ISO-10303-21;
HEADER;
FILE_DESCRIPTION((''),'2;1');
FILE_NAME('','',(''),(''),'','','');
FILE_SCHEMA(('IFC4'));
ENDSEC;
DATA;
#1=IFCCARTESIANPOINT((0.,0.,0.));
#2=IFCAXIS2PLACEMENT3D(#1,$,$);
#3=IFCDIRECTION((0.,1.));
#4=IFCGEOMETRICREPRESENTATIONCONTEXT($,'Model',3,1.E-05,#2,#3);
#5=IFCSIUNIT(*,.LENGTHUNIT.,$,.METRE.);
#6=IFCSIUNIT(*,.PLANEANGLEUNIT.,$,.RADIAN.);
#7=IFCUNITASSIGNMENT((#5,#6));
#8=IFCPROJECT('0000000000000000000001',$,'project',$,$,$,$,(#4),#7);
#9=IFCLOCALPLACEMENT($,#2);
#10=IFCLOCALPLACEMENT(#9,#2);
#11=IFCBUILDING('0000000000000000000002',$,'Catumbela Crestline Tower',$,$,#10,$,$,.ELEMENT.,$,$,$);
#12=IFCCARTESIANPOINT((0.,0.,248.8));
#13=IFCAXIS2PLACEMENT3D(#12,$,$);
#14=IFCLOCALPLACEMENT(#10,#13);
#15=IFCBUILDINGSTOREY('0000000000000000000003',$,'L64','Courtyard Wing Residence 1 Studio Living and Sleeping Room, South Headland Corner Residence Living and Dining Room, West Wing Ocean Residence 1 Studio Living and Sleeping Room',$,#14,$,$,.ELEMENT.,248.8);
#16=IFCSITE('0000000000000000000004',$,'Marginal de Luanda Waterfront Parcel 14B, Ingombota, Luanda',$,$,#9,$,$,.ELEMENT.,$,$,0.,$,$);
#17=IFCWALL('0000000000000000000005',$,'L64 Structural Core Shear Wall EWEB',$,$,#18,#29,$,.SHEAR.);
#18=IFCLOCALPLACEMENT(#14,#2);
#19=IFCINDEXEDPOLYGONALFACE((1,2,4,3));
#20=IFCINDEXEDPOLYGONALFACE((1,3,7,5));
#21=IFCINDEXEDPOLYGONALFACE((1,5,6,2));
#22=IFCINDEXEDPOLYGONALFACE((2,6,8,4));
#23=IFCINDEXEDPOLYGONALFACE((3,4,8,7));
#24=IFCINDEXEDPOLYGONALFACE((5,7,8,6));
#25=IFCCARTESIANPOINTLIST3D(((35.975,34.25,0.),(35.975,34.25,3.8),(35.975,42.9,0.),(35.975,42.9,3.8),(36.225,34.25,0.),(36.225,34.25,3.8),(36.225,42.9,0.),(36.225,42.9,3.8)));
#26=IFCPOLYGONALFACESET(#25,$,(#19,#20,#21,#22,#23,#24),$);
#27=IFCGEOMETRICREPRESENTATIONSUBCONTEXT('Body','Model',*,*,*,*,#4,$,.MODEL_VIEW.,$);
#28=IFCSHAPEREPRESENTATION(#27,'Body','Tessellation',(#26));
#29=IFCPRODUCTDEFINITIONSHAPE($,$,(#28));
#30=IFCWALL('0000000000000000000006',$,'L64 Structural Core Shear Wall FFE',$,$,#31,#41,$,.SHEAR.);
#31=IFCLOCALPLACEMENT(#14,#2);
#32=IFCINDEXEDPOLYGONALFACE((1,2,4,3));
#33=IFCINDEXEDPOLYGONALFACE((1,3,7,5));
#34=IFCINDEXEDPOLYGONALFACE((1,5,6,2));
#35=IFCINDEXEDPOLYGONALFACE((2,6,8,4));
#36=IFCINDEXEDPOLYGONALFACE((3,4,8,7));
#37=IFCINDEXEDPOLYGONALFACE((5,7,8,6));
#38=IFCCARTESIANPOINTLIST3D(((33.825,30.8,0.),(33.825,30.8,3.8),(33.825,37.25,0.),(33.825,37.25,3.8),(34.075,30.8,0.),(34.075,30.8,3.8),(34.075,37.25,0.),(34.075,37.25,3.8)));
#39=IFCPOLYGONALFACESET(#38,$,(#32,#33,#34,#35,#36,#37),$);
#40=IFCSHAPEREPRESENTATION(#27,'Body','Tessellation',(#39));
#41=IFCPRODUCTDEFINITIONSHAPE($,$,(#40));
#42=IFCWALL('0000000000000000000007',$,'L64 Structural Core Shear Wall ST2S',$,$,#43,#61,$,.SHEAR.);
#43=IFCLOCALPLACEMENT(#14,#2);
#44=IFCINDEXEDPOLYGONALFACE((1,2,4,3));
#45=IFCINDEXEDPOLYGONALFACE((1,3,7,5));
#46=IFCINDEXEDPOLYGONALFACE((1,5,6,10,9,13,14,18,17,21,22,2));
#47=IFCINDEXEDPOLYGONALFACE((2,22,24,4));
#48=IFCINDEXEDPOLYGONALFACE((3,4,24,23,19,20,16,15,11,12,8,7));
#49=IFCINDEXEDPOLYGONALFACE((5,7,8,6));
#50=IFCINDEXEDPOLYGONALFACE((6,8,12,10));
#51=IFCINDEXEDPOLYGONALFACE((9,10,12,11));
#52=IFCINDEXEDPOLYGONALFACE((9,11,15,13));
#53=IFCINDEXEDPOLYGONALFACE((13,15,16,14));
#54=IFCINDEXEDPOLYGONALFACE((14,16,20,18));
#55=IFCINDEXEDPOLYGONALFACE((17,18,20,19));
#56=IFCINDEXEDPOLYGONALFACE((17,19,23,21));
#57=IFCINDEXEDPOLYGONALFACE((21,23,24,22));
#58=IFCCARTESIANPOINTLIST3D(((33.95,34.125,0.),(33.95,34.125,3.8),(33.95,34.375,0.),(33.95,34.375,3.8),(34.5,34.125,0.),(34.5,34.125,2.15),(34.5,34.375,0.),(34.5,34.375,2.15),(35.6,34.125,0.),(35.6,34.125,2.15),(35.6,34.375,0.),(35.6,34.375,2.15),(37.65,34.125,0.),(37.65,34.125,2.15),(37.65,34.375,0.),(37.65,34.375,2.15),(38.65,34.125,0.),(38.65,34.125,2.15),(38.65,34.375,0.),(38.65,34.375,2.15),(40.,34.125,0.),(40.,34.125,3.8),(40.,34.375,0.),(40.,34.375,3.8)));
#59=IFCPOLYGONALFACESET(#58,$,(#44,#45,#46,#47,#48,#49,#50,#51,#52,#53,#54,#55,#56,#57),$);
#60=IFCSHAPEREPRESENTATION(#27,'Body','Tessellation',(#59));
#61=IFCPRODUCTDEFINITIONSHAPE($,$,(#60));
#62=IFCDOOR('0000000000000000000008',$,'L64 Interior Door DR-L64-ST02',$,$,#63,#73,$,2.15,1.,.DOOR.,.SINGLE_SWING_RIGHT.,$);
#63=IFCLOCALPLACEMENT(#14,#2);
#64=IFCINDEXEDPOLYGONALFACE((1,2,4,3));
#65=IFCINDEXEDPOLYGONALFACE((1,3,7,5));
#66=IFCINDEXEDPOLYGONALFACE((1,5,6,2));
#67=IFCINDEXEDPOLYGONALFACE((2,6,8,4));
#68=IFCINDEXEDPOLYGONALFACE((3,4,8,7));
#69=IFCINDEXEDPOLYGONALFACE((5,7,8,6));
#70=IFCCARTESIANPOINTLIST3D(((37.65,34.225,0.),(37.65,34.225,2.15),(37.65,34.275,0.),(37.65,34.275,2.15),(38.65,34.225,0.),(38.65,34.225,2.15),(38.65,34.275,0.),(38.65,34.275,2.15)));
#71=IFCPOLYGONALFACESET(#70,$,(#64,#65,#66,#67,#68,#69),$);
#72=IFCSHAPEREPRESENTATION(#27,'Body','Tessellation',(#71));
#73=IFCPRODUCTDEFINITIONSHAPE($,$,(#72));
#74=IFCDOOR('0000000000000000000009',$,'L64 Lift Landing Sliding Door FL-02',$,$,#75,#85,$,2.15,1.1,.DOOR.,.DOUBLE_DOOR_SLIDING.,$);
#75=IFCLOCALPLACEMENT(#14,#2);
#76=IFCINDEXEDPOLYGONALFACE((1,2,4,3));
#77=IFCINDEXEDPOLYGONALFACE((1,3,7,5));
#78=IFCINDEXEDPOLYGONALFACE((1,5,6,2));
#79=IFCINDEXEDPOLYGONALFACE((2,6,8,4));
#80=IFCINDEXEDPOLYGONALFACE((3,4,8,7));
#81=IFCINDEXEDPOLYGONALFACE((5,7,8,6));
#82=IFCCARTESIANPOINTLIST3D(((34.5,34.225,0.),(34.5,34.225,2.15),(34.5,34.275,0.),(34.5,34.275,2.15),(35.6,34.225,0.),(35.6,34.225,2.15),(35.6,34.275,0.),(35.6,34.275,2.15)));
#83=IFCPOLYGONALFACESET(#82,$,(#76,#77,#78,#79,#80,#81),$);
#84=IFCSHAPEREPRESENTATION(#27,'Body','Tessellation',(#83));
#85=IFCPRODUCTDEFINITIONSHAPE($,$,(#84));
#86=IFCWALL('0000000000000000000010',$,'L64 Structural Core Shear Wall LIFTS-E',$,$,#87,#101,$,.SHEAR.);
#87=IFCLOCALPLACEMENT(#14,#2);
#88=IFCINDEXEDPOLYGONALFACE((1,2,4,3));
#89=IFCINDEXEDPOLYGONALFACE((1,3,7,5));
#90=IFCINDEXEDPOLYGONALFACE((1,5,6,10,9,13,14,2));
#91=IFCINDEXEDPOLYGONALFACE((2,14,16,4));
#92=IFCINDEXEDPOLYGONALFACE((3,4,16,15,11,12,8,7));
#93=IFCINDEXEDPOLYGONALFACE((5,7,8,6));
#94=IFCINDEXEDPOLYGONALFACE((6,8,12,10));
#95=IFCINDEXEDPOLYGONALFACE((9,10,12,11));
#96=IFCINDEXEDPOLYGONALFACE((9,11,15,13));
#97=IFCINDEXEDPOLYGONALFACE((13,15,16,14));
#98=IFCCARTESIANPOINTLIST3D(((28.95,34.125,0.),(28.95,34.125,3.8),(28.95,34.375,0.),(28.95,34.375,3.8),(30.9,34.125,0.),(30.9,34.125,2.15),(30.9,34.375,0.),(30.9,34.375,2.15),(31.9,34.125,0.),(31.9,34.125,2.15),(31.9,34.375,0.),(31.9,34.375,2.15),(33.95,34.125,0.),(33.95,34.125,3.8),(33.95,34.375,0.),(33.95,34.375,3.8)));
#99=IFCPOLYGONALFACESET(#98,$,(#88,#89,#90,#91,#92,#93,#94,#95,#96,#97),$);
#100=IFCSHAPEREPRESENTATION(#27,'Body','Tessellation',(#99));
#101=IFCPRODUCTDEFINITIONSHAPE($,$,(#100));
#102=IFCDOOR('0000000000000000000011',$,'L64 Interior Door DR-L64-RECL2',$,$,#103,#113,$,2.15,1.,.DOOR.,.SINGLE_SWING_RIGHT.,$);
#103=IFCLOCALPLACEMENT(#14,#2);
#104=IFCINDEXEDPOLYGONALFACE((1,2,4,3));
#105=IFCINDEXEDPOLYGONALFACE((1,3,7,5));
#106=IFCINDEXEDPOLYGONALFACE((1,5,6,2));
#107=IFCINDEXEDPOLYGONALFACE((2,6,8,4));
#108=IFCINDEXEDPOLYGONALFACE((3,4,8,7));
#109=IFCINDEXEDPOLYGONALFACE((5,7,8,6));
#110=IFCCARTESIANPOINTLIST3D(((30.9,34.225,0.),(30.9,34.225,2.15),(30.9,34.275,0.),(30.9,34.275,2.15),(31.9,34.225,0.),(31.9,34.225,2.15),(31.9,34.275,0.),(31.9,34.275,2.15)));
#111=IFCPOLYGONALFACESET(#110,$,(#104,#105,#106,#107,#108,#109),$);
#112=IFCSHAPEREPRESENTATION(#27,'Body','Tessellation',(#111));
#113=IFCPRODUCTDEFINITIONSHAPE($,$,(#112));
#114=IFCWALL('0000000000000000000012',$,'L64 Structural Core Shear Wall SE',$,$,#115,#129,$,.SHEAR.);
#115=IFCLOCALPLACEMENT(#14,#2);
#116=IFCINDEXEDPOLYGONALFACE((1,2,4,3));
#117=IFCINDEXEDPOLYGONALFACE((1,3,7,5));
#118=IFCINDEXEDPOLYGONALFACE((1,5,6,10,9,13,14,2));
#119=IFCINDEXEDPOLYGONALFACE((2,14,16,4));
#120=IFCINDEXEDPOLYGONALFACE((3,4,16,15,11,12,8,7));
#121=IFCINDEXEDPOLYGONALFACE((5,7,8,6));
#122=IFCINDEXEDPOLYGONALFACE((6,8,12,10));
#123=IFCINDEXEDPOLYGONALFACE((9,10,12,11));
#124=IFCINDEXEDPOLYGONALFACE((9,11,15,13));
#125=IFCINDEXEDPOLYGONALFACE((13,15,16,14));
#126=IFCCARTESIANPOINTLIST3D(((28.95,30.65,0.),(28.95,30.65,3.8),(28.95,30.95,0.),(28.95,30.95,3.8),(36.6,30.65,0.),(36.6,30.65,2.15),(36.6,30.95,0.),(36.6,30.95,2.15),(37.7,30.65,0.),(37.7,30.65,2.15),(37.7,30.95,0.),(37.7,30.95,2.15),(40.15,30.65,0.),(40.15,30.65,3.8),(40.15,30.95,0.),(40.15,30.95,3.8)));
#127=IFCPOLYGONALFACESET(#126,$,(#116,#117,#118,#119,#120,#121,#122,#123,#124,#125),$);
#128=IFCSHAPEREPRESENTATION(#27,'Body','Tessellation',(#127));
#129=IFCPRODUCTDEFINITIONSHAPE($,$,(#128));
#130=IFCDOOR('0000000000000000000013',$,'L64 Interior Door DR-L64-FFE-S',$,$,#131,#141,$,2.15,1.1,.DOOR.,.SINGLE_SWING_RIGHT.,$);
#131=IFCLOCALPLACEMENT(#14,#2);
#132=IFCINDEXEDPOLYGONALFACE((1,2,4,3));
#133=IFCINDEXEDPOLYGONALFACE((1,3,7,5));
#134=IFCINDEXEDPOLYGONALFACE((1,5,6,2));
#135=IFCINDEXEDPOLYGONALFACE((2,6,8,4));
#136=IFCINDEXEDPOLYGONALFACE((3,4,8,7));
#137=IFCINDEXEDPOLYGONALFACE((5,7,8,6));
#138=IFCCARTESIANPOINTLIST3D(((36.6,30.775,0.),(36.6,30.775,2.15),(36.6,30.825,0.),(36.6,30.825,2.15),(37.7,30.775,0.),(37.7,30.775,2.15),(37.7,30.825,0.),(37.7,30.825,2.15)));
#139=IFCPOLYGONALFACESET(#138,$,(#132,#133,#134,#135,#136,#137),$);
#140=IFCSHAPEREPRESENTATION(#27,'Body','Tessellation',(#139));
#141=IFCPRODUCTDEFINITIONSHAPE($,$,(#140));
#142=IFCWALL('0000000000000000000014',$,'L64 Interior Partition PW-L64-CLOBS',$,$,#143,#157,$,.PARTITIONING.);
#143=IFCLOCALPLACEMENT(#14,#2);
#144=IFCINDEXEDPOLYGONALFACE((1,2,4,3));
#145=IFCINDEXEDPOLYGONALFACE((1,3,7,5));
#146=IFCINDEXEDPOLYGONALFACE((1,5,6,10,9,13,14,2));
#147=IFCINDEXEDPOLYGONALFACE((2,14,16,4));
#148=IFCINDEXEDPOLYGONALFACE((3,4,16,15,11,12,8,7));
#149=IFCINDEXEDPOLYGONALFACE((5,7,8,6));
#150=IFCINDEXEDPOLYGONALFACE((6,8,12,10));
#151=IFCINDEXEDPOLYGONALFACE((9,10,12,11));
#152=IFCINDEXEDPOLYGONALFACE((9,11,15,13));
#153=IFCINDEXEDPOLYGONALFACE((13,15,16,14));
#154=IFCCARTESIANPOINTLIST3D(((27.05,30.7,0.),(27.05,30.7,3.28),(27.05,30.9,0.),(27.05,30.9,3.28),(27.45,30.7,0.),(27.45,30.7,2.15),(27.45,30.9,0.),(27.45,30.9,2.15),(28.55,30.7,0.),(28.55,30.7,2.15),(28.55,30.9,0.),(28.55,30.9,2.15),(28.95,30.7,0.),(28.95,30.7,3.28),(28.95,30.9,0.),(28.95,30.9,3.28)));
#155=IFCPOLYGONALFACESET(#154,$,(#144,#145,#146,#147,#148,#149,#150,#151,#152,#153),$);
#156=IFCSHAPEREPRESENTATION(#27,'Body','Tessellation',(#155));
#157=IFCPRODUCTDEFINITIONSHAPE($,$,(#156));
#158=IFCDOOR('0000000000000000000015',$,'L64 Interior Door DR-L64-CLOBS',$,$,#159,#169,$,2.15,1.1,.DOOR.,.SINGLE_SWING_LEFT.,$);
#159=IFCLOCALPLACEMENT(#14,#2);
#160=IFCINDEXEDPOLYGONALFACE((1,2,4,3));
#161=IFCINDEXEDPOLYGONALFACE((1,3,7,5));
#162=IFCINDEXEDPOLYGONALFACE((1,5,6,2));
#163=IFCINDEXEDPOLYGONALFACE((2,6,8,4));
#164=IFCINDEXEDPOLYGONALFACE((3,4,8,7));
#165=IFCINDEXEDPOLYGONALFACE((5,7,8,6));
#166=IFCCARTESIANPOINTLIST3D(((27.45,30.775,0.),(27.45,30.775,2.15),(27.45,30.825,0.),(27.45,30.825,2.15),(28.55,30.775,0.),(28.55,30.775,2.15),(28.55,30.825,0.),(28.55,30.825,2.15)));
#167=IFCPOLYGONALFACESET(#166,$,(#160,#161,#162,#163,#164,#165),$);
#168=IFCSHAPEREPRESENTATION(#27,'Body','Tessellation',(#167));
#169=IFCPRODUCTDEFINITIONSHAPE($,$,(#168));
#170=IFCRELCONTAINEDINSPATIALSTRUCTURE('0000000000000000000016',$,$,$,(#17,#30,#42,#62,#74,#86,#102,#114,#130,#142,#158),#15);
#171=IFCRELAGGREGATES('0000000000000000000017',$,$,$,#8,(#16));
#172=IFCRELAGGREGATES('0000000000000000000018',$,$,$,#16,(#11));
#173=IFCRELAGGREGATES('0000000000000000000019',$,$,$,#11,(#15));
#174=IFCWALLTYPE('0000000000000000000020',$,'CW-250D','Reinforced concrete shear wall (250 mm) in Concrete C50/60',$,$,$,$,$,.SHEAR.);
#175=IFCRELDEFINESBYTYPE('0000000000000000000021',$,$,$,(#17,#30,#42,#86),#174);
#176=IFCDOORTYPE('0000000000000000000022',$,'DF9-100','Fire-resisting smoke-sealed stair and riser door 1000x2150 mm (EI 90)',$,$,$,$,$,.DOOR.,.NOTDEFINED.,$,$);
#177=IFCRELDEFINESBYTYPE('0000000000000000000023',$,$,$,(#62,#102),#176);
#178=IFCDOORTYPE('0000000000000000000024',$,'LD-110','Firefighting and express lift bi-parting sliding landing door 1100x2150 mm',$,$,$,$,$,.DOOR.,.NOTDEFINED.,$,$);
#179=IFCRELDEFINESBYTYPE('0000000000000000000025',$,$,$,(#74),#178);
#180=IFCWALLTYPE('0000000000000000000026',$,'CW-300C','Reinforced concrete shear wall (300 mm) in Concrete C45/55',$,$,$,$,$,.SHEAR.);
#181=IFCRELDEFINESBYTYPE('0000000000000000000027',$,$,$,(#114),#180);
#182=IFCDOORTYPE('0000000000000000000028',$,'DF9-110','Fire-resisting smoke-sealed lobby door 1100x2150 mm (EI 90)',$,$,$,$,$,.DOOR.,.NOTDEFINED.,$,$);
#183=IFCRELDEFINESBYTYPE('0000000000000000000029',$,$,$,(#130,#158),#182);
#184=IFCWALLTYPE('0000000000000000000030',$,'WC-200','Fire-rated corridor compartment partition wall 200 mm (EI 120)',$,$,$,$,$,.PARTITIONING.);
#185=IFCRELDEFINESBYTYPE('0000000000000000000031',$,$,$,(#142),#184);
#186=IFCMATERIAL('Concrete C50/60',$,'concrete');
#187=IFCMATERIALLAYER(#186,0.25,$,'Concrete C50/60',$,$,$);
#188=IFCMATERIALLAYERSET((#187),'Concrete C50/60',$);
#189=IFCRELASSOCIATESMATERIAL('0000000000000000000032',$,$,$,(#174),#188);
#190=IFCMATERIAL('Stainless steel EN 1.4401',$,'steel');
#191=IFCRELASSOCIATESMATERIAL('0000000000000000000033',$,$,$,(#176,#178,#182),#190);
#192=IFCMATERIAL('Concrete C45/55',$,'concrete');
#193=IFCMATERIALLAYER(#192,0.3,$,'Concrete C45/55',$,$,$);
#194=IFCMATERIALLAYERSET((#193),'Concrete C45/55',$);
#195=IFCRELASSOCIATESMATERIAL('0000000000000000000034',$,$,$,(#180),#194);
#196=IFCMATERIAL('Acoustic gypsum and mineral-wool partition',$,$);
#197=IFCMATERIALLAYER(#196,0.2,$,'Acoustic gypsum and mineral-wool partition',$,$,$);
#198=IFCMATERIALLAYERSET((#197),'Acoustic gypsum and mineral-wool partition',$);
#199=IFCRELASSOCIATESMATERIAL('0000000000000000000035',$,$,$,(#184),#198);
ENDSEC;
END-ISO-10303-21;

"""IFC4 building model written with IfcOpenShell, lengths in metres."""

from ifc_helpers import new_model, si_unit, direction, frame, frame_2d, origin, place, context, subcontext, project, spatial, rectangle, extrude, material, layer, layer_set, type_object, element, fill, save


model = new_model("IFC4")

# Units and contexts
model_context = context("Model", 3, precision=1e-05, world=origin(), true_north=direction((0.0, 1.0)))
body_context = subcontext(model_context, "Body", "Model", "MODEL_VIEW")
ifc_project = project(units=[si_unit("LENGTHUNIT", "METRE"), si_unit("PLANEANGLEUNIT", "RADIAN")], contexts=[model_context])

# Site, building, storey
site_placement = place(None, origin())
site = spatial("IfcSite", under=ifc_project, at=site_placement, Name="Marginal de Luanda Waterfront Parcel 14B, Ingombota, Luanda", CompositionType="ELEMENT", RefElevation=0.0)
building_placement = place(site_placement, origin())
building = spatial("IfcBuilding", under=site, at=building_placement, Name="Catumbela Crestline Tower", CompositionType="ELEMENT")
storey_placement = place(building_placement, frame((0.0, 0.0, 248.8)))
storey = spatial("IfcBuildingStorey", under=building, at=storey_placement, Name="L64", Description="Courtyard Wing Residence 1 Studio Living and Sleeping Room, South Headland Corner Residence Living and Dining Room, West Wing Ocean Residence 1 Studio Living and Sleeping Room", CompositionType="ELEMENT", Elevation=248.8)

# Walls
ifc_material_1 = material(Name="Concrete C50/60", Category="concrete")
ifc_layer_1 = layer(ifc_material_1, 0.25, Name="Concrete C50/60")
ifc_layer_set_1 = layer_set([ifc_layer_1], Name="Concrete C50/60")
wall_type_1 = type_object("IfcWallType", Name="CW-250D", Description="Reinforced concrete shear wall (250 mm) in Concrete C50/60", PredefinedType="SHEAR", material=ifc_layer_set_1)
wall_1_placement = place(storey_placement, frame((36.1, 34.25, 0.0), z_axis=(0.0, 0.0, 1.0), x_axis=(0.0, 1.0, 0.0)))
element("IfcWall", 1, at=wall_1_placement, inside=storey, type_object=wall_type_1, Name="L64 Structural Core Shear Wall EWEB", PredefinedType="SHEAR", context=body_context, shape_type="SweptSolid", body=[
    extrude(rectangle(XDim=8.65, YDim=0.25, at=frame_2d((4.325, 0.0))), origin(), (0.0, 0.0, 1.0), 3.8),
])
wall_2_placement = place(storey_placement, frame((33.95, 30.8, 0.0), z_axis=(0.0, 0.0, 1.0), x_axis=(0.0, 1.0, 0.0)))
element("IfcWall", 2, at=wall_2_placement, inside=storey, type_object=wall_type_1, Name="L64 Structural Core Shear Wall FFE", PredefinedType="SHEAR", context=body_context, shape_type="SweptSolid", body=[
    extrude(rectangle(XDim=6.45, YDim=0.25, at=frame_2d((3.225, 0.0))), origin(), (0.0, 0.0, 1.0), 3.8),
])

# Wall, openings, doors
wall_3_placement = place(storey_placement, frame((33.95, 34.25, 0.0), z_axis=(0.0, 0.0, 1.0), x_axis=(1.0, 0.0, 0.0)))
wall_3 = element("IfcWall", 3, at=wall_3_placement, inside=storey, type_object=wall_type_1, Name="L64 Structural Core Shear Wall ST2S", PredefinedType="SHEAR", context=body_context, shape_type="SweptSolid", body=[
    extrude(rectangle(XDim=6.05, YDim=0.25, at=frame_2d((3.025, 0.0))), origin(), (0.0, 0.0, 1.0), 3.8),
])
opening_1_placement = place(wall_3_placement, frame((3.7, 0.0, 0.0)))
opening_1 = element("IfcOpeningElement", 4, at=opening_1_placement, cuts=wall_3, PredefinedType="OPENING", context=body_context, shape_type="SweptSolid", body=[
    extrude(rectangle(XDim=1.0, YDim=2.15, at=frame_2d((0.5, 1.075))), frame((0.0, 0.135, 0.0), z_axis=(0.0, -1.0, 0.0), x_axis=(1.0, 0.0, 0.0)), (0.0, 0.0, 1.0), 0.27),
])
opening_2_placement = place(wall_3_placement, frame((0.55, 0.0, 0.0)))
opening_2 = element("IfcOpeningElement", 5, at=opening_2_placement, cuts=wall_3, PredefinedType="OPENING", context=body_context, shape_type="SweptSolid", body=[
    extrude(rectangle(XDim=1.1, YDim=2.15, at=frame_2d((0.55, 1.075))), frame((0.0, 0.135, 0.0), z_axis=(0.0, -1.0, 0.0), x_axis=(1.0, 0.0, 0.0)), (0.0, 0.0, 1.0), 0.27),
])
ifc_material_2 = material(Name="Stainless steel EN 1.4401", Category="steel")
door_type_1 = type_object("IfcDoorType", Name="DF9-100", Description="Fire-resisting smoke-sealed stair and riser door 1000x2150 mm (EI 90)", OperationType="NOTDEFINED", PredefinedType="DOOR", material=ifc_material_2)
door_1_placement = place(opening_1_placement, origin())
door_1 = element("IfcDoor", 6, at=door_1_placement, inside=storey, type_object=door_type_1, Name="L64 Interior Door DR-L64-ST02", OperationType="SINGLE_SWING_RIGHT", OverallHeight=2.15, OverallWidth=1.0, PredefinedType="DOOR", context=body_context, shape_type="SweptSolid", body=[
    extrude(rectangle(XDim=1.0, YDim=2.15, at=frame_2d((0.5, 1.075))), frame((0.0, 0.025, 0.0), z_axis=(0.0, -1.0, 0.0), x_axis=(1.0, 0.0, 0.0)), (0.0, 0.0, 1.0), 0.05),
])
fill(opening_1, door_1)
door_type_2 = type_object("IfcDoorType", Name="LD-110", Description="Firefighting and express lift bi-parting sliding landing door 1100x2150 mm", OperationType="NOTDEFINED", PredefinedType="DOOR", material=ifc_material_2)
door_2_placement = place(opening_2_placement, origin())
door_2 = element("IfcDoor", 7, at=door_2_placement, inside=storey, type_object=door_type_2, Name="L64 Lift Landing Sliding Door FL-02", OperationType="DOUBLE_DOOR_SLIDING", OverallHeight=2.15, OverallWidth=1.1, PredefinedType="DOOR", context=body_context, shape_type="SweptSolid", body=[
    extrude(rectangle(XDim=1.1, YDim=2.15, at=frame_2d((0.55, 1.075))), frame((0.0, 0.025, 0.0), z_axis=(0.0, -1.0, 0.0), x_axis=(1.0, 0.0, 0.0)), (0.0, 0.0, 1.0), 0.05),
])
fill(opening_2, door_2)

# Walls, openings, doors
wall_4_placement = place(storey_placement, frame((28.95, 34.25, 0.0), z_axis=(0.0, 0.0, 1.0), x_axis=(1.0, 0.0, 0.0)))
wall_4 = element("IfcWall", 8, at=wall_4_placement, inside=storey, type_object=wall_type_1, Name="L64 Structural Core Shear Wall LIFTS-E", PredefinedType="SHEAR", context=body_context, shape_type="SweptSolid", body=[
    extrude(rectangle(XDim=5.0, YDim=0.25, at=frame_2d((2.5, 0.0))), origin(), (0.0, 0.0, 1.0), 3.8),
])
opening_3_placement = place(wall_4_placement, frame((1.95, 0.0, 0.0)))
opening_3 = element("IfcOpeningElement", 9, at=opening_3_placement, cuts=wall_4, PredefinedType="OPENING", context=body_context, shape_type="SweptSolid", body=[
    extrude(rectangle(XDim=1.0, YDim=2.15, at=frame_2d((0.5, 1.075))), frame((0.0, 0.135, 0.0), z_axis=(0.0, -1.0, 0.0), x_axis=(1.0, 0.0, 0.0)), (0.0, 0.0, 1.0), 0.27),
])
door_3_placement = place(opening_3_placement, origin())
door_3 = element("IfcDoor", 10, at=door_3_placement, inside=storey, type_object=door_type_1, Name="L64 Interior Door DR-L64-RECL2", OperationType="SINGLE_SWING_RIGHT", OverallHeight=2.15, OverallWidth=1.0, PredefinedType="DOOR", context=body_context, shape_type="SweptSolid", body=[
    extrude(rectangle(XDim=1.0, YDim=2.15, at=frame_2d((0.5, 1.075))), frame((0.0, 0.025, 0.0), z_axis=(0.0, -1.0, 0.0), x_axis=(1.0, 0.0, 0.0)), (0.0, 0.0, 1.0), 0.05),
])
fill(opening_3, door_3)
ifc_material_3 = material(Name="Concrete C45/55", Category="concrete")
ifc_layer_2 = layer(ifc_material_3, 0.3, Name="Concrete C45/55")
ifc_layer_set_2 = layer_set([ifc_layer_2], Name="Concrete C45/55")
wall_type_2 = type_object("IfcWallType", Name="CW-300C", Description="Reinforced concrete shear wall (300 mm) in Concrete C45/55", PredefinedType="SHEAR", material=ifc_layer_set_2)
wall_5_placement = place(storey_placement, frame((28.95, 30.8, 0.0), z_axis=(0.0, 0.0, 1.0), x_axis=(1.0, 0.0, 0.0)))
wall_5 = element("IfcWall", 11, at=wall_5_placement, inside=storey, type_object=wall_type_2, Name="L64 Structural Core Shear Wall SE", PredefinedType="SHEAR", context=body_context, shape_type="SweptSolid", body=[
    extrude(rectangle(XDim=11.2, YDim=0.3, at=frame_2d((5.6, 0.0))), origin(), (0.0, 0.0, 1.0), 3.8),
])
opening_4_placement = place(wall_5_placement, frame((7.65, 0.0, 0.0)))
opening_4 = element("IfcOpeningElement", 12, at=opening_4_placement, cuts=wall_5, PredefinedType="OPENING", context=body_context, shape_type="SweptSolid", body=[
    extrude(rectangle(XDim=1.1, YDim=2.15, at=frame_2d((0.55, 1.075))), frame((0.0, 0.16, 0.0), z_axis=(0.0, -1.0, 0.0), x_axis=(1.0, 0.0, 0.0)), (0.0, 0.0, 1.0), 0.32),
])
door_type_3 = type_object("IfcDoorType", Name="DF9-110", Description="Fire-resisting smoke-sealed lobby door 1100x2150 mm (EI 90)", OperationType="NOTDEFINED", PredefinedType="DOOR", material=ifc_material_2)
door_4_placement = place(opening_4_placement, origin())
door_4 = element("IfcDoor", 13, at=door_4_placement, inside=storey, type_object=door_type_3, Name="L64 Interior Door DR-L64-FFE-S", OperationType="SINGLE_SWING_RIGHT", OverallHeight=2.15, OverallWidth=1.1, PredefinedType="DOOR", context=body_context, shape_type="SweptSolid", body=[
    extrude(rectangle(XDim=1.1, YDim=2.15, at=frame_2d((0.55, 1.075))), frame((0.0, 0.025, 0.0), z_axis=(0.0, -1.0, 0.0), x_axis=(1.0, 0.0, 0.0)), (0.0, 0.0, 1.0), 0.05),
])
fill(opening_4, door_4)
ifc_material_4 = material(Name="Acoustic gypsum and mineral-wool partition")
ifc_layer_3 = layer(ifc_material_4, 0.2, Name="Acoustic gypsum and mineral-wool partition")
ifc_layer_set_3 = layer_set([ifc_layer_3], Name="Acoustic gypsum and mineral-wool partition")
wall_type_3 = type_object("IfcWallType", Name="WC-200", Description="Fire-rated corridor compartment partition wall 200 mm (EI 120)", PredefinedType="PARTITIONING", material=ifc_layer_set_3)
wall_6_placement = place(storey_placement, frame((27.05, 30.8, 0.0), z_axis=(0.0, 0.0, 1.0), x_axis=(1.0, 0.0, 0.0)))
wall_6 = element("IfcWall", 14, at=wall_6_placement, inside=storey, type_object=wall_type_3, Name="L64 Interior Partition PW-L64-CLOBS", PredefinedType="PARTITIONING", context=body_context, shape_type="SweptSolid", body=[
    extrude(rectangle(XDim=1.9, YDim=0.2, at=frame_2d((0.95, 0.0))), origin(), (0.0, 0.0, 1.0), 3.28),
])
opening_5_placement = place(wall_6_placement, frame((0.4, 0.0, 0.0)))
opening_5 = element("IfcOpeningElement", 15, at=opening_5_placement, cuts=wall_6, PredefinedType="OPENING", context=body_context, shape_type="SweptSolid", body=[
    extrude(rectangle(XDim=1.1, YDim=2.15, at=frame_2d((0.55, 1.075))), frame((0.0, 0.11, 0.0), z_axis=(0.0, -1.0, 0.0), x_axis=(1.0, 0.0, 0.0)), (0.0, 0.0, 1.0), 0.22),
])
door_5_placement = place(opening_5_placement, origin())
door_5 = element("IfcDoor", 16, at=door_5_placement, inside=storey, type_object=door_type_3, Name="L64 Interior Door DR-L64-CLOBS", OperationType="SINGLE_SWING_LEFT", OverallHeight=2.15, OverallWidth=1.1, PredefinedType="DOOR", context=body_context, shape_type="SweptSolid", body=[
    extrude(rectangle(XDim=1.1, YDim=2.15, at=frame_2d((0.55, 1.075))), frame((0.0, 0.025, 0.0), z_axis=(0.0, -1.0, 0.0), x_axis=(1.0, 0.0, 0.0)), (0.0, 0.0, 1.0), 0.05),
])
fill(opening_5, door_5)

save(model, "model.ifc")
